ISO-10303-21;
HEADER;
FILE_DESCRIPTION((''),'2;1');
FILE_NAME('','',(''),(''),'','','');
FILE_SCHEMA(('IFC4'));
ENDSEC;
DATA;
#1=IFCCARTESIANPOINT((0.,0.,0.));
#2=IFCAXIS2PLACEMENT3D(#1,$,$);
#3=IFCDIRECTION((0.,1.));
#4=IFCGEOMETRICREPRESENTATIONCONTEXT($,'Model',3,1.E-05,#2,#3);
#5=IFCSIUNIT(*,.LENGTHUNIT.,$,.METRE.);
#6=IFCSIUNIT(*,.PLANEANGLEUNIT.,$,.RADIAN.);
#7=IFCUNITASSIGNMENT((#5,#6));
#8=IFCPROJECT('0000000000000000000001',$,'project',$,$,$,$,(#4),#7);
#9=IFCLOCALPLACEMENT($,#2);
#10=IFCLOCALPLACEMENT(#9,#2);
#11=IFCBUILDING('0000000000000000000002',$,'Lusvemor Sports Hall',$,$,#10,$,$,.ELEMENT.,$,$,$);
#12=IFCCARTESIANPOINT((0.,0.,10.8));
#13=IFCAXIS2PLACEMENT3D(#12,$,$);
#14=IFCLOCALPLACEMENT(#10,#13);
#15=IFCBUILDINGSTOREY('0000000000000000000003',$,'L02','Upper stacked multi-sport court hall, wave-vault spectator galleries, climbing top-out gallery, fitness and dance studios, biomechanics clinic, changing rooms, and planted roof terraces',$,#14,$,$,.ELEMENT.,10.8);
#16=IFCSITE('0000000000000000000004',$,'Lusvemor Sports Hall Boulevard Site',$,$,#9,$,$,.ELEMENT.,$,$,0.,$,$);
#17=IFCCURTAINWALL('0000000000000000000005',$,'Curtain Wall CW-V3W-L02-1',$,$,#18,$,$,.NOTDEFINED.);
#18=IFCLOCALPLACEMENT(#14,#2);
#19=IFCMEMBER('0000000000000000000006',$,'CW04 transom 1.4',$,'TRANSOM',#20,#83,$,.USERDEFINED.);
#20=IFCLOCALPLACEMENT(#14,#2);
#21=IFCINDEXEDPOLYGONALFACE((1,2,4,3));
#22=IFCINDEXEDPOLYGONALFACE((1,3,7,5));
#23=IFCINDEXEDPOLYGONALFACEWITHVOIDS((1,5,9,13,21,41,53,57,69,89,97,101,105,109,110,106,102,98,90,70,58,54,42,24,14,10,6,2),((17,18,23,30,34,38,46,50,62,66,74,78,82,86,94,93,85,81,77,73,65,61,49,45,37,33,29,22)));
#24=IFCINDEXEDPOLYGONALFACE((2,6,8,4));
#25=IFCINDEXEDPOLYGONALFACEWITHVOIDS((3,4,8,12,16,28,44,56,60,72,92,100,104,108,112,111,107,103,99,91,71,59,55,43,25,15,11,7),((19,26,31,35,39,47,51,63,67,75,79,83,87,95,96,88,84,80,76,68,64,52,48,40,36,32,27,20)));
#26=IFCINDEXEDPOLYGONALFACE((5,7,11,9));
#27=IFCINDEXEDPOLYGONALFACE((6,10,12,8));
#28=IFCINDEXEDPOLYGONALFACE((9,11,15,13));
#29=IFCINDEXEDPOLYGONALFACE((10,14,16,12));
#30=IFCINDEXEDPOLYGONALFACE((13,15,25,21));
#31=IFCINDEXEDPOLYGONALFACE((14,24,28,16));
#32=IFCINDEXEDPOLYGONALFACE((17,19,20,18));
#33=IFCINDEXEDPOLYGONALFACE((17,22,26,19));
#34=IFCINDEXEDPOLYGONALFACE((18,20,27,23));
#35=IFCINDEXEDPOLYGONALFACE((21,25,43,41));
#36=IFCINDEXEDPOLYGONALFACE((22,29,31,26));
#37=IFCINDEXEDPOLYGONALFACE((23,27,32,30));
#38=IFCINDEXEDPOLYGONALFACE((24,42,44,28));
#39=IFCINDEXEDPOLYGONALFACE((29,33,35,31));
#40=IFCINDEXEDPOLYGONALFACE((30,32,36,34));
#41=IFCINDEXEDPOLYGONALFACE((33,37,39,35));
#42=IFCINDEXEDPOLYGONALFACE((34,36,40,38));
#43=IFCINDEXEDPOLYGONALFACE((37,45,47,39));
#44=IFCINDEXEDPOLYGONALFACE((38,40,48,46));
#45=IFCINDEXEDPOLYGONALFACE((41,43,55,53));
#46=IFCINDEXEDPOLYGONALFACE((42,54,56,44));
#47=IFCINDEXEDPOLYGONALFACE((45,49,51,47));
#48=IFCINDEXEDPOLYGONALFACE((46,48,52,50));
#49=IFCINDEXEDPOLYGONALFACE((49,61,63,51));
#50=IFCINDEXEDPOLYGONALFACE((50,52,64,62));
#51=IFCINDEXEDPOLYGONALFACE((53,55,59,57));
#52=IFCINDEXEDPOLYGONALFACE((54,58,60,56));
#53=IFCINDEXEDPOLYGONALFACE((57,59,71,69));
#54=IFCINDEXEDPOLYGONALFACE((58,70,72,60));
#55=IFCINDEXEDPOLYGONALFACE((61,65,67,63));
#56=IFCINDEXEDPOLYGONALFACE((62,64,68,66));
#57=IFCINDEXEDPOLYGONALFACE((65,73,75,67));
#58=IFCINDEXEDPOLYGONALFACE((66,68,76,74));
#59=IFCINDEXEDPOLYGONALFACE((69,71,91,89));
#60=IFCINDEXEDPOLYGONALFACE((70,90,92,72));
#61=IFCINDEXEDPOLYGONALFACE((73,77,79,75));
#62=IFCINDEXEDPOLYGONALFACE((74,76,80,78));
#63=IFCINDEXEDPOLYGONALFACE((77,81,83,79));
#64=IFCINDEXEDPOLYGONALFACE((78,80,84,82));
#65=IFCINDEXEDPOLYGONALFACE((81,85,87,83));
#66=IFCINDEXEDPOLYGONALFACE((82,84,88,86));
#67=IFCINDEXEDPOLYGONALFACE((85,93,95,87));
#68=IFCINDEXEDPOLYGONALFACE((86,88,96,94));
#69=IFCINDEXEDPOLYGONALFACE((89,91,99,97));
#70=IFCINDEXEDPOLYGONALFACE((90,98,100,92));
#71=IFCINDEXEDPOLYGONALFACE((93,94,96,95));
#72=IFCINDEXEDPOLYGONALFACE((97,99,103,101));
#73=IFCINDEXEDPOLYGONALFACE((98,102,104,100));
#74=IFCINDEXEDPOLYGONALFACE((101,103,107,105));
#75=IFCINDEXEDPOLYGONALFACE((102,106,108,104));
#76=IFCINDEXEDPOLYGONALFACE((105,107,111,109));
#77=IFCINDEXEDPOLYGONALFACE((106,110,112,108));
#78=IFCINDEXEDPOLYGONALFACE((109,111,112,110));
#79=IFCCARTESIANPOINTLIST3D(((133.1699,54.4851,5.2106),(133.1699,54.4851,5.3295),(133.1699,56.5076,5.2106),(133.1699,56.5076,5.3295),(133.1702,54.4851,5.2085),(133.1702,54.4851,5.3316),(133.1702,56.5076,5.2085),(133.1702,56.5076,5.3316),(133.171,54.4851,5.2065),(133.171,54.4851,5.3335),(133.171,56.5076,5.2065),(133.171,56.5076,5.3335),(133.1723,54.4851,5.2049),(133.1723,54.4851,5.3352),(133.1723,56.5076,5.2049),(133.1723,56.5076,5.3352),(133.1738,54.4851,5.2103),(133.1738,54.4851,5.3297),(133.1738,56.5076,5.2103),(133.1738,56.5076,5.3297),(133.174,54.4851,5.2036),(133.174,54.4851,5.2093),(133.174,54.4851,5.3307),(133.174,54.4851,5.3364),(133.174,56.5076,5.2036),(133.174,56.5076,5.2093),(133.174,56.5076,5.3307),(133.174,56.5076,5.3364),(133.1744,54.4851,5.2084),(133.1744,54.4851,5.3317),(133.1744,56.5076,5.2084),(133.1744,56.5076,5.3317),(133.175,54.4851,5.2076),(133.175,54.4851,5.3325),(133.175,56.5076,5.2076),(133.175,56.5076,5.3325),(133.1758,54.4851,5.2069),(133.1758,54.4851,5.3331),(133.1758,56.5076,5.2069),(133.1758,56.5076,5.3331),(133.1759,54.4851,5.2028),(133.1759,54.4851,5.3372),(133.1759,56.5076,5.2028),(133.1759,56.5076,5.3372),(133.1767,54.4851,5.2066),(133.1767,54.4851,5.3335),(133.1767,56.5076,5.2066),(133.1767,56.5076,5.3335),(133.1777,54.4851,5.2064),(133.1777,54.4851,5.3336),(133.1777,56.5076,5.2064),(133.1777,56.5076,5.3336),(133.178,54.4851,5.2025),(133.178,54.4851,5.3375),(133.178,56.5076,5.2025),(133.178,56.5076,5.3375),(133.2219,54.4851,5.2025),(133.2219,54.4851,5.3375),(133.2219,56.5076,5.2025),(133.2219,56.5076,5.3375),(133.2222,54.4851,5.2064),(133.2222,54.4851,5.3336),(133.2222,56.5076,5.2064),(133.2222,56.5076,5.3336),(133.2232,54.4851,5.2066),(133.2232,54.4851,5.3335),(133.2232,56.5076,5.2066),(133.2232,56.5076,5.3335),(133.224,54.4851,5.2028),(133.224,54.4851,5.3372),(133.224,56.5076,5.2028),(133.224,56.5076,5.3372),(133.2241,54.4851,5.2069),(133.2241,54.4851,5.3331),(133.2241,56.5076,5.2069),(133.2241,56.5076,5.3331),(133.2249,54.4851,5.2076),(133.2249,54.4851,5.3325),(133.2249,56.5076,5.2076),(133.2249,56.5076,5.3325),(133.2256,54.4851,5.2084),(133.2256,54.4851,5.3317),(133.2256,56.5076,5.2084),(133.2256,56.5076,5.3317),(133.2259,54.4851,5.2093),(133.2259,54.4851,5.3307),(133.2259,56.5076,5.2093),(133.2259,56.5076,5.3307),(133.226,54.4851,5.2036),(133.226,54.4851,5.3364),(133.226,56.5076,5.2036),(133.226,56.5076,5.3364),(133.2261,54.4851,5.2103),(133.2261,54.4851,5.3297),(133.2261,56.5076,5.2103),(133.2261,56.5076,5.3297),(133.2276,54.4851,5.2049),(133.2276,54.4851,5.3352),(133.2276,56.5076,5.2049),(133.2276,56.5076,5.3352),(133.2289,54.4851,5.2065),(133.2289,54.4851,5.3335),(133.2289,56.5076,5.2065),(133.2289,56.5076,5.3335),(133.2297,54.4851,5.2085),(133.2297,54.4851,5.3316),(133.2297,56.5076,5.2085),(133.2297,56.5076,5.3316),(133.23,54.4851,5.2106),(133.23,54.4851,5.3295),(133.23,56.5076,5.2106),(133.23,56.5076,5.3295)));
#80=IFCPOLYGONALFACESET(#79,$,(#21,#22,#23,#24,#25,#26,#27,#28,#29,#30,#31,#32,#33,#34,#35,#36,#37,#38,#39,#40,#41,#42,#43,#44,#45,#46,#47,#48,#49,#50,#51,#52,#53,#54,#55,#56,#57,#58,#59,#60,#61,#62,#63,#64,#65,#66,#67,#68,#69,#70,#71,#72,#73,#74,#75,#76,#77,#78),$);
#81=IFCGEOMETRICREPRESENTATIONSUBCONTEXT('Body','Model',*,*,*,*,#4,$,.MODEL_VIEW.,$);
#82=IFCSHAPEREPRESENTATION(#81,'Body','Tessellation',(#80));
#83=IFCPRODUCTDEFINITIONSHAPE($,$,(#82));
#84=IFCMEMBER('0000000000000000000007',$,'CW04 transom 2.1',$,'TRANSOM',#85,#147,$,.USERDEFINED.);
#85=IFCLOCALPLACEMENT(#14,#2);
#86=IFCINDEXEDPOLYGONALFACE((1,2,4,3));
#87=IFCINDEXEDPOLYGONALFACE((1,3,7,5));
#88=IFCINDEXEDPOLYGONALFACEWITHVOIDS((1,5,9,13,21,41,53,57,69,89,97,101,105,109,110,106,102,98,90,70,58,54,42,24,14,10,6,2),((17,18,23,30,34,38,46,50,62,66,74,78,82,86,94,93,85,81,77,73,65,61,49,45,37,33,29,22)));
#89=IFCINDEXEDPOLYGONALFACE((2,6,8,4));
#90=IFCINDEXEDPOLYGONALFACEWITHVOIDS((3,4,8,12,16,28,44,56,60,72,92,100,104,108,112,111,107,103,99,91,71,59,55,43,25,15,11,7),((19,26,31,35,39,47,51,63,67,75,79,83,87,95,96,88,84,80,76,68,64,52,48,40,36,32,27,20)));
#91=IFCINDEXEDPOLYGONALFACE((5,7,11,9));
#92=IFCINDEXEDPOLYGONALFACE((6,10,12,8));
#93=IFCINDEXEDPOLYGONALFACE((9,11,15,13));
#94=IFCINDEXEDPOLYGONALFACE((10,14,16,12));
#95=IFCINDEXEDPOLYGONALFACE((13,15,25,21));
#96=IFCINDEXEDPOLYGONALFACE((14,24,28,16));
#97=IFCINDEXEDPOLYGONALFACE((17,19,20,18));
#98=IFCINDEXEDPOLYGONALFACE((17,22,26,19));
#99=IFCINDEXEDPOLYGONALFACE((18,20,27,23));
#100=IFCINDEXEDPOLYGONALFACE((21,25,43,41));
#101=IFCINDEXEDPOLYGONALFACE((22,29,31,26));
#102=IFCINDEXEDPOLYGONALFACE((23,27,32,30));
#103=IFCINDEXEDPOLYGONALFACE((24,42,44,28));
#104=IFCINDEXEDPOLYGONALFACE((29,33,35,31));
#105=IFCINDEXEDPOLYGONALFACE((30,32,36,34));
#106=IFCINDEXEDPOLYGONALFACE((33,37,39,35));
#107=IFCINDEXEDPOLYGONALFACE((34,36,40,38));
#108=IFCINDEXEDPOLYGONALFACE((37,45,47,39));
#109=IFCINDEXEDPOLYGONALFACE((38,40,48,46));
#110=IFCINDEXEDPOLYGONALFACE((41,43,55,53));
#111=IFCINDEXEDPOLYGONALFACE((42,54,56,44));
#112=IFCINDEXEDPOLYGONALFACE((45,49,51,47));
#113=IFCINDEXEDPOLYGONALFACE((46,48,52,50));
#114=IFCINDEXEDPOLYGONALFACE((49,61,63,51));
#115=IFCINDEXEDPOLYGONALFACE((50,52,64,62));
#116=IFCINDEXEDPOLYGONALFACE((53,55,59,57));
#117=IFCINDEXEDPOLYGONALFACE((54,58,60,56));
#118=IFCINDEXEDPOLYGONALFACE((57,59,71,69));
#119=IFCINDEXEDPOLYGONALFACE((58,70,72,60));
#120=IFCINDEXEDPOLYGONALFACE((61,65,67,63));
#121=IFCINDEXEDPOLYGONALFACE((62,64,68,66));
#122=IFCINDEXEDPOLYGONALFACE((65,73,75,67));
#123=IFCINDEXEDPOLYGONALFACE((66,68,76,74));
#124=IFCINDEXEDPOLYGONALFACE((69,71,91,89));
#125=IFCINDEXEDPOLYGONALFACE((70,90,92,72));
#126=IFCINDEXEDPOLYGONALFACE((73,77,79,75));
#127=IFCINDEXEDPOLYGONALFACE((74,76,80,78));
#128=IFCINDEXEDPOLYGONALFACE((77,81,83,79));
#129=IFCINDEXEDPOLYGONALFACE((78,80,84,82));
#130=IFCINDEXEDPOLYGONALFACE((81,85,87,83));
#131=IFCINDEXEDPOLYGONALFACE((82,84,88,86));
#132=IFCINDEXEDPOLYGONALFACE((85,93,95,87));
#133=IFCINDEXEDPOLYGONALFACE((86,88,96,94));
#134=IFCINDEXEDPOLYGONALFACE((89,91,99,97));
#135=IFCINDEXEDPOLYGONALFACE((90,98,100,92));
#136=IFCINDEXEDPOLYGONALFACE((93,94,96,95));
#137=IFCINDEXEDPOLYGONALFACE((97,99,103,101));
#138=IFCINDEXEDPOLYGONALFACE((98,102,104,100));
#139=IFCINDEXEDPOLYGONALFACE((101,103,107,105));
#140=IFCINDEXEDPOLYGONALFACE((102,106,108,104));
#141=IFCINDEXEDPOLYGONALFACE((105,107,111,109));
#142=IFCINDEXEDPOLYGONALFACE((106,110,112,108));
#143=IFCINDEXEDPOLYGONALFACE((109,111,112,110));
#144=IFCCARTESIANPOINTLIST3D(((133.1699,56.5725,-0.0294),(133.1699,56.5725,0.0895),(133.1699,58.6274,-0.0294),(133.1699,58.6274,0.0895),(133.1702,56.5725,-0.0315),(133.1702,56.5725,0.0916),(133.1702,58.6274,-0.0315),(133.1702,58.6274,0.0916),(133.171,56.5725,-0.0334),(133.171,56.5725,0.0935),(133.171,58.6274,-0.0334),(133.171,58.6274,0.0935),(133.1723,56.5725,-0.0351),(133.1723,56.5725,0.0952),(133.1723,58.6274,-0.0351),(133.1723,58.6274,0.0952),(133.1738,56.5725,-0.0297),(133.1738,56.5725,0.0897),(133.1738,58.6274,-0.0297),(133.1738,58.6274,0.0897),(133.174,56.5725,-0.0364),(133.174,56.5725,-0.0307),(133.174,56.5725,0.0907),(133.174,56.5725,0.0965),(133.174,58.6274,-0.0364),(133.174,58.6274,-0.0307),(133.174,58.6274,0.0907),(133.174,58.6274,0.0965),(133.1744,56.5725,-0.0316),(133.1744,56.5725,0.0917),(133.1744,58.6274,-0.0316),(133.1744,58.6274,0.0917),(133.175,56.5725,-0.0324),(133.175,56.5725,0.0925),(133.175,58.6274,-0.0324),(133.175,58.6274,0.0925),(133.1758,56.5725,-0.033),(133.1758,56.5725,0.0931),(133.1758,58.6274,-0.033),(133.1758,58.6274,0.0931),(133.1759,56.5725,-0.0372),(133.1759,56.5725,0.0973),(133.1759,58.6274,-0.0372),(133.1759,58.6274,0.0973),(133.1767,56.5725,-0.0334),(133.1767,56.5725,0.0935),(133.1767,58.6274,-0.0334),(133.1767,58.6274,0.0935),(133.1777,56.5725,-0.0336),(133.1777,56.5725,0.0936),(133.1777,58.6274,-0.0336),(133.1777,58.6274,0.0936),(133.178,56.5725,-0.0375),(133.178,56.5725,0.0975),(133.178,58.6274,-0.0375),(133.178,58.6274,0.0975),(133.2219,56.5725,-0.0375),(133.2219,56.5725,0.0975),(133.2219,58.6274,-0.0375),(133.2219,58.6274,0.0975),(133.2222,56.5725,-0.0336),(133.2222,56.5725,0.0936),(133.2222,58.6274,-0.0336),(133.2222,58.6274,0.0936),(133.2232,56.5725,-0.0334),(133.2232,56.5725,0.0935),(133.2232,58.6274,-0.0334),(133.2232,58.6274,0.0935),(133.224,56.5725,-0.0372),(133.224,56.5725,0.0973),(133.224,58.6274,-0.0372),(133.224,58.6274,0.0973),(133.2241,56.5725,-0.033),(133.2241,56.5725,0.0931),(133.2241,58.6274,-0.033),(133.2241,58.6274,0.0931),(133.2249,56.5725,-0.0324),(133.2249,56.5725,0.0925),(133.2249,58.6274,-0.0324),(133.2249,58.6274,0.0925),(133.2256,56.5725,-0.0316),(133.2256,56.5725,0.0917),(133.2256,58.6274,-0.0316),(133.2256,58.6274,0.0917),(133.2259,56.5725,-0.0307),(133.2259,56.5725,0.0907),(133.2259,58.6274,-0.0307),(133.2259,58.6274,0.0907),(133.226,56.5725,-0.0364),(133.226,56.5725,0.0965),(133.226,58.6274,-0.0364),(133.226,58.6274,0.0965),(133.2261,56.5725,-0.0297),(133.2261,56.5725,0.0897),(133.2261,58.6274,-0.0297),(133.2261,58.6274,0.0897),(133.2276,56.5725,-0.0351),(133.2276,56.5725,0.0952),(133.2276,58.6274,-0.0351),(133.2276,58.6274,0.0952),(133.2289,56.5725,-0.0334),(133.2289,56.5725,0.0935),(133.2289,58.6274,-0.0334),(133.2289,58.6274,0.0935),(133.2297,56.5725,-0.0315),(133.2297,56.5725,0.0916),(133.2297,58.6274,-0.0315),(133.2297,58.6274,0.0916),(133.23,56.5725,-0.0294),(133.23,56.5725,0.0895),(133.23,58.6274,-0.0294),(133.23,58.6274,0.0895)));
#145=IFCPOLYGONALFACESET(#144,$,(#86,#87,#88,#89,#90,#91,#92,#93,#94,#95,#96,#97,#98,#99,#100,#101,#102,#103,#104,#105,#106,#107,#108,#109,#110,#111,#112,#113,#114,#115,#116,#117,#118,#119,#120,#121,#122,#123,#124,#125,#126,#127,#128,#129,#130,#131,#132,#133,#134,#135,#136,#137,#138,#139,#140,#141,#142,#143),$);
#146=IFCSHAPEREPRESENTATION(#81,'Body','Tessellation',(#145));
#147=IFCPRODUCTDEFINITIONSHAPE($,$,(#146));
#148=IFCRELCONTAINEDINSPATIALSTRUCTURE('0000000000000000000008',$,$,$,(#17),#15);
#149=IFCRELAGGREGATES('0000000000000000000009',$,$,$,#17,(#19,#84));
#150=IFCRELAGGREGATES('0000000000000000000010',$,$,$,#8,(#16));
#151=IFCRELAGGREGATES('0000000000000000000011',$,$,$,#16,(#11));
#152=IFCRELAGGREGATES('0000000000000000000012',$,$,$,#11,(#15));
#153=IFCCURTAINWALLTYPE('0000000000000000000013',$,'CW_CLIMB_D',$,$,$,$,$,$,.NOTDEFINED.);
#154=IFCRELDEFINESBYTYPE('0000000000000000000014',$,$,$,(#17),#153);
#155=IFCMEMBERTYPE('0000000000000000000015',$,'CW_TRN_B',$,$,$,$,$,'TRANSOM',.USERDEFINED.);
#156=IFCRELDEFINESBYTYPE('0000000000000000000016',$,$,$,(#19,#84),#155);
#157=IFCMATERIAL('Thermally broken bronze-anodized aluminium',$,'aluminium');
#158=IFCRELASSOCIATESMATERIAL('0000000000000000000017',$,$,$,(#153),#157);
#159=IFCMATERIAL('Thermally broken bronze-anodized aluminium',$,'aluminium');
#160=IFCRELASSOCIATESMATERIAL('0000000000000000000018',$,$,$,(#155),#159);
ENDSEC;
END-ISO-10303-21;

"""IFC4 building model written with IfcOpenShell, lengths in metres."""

from ifc_helpers import new_model, si_unit, direction, frame, origin, origin_2d, place, context, subcontext, project, spatial, hollow_rectangle, extrude, material, material_profile, profile_set, type_object, element, aggregate, save


model = new_model("IFC4")

# Units and contexts
model_context = context("Model", 3, precision=1e-05, world=origin(), true_north=direction((0.0, 1.0)))
body_context = subcontext(model_context, "Body", "Model", "MODEL_VIEW")
ifc_project = project(units=[si_unit("LENGTHUNIT", "METRE"), si_unit("PLANEANGLEUNIT", "RADIAN")], contexts=[model_context])

# Site, building, storey
site_placement = place(None, origin())
site = spatial("IfcSite", under=ifc_project, at=site_placement, Name="Lusvemor Sports Hall Boulevard Site", CompositionType="ELEMENT", RefElevation=0.0)
building_placement = place(site_placement, origin())
building = spatial("IfcBuilding", under=site, at=building_placement, Name="Lusvemor Sports Hall", CompositionType="ELEMENT")
storey_placement = place(building_placement, frame((0.0, 0.0, 10.8)))
storey = spatial("IfcBuildingStorey", under=building, at=storey_placement, Name="L02", Description="Upper stacked multi-sport court hall, wave-vault spectator galleries, climbing top-out gallery, fitness and dance studios, biomechanics clinic, changing rooms, and planted roof terraces", CompositionType="ELEMENT", Elevation=10.8)

# Curtain wall, members
ifc_material_1 = material(Name="Thermally broken bronze-anodized aluminium", Category="aluminium")
curtain_wall_type = type_object("IfcCurtainWallType", Name="CW_CLIMB_D", PredefinedType="NOTDEFINED", material=ifc_material_1)
curtain_wall_placement = place(storey_placement, origin())
curtain_wall = element("IfcCurtainWall", 1, at=curtain_wall_placement, inside=storey, type_object=curtain_wall_type, Name="Curtain Wall CW-V3W-L02-1", PredefinedType="NOTDEFINED")
ifc_material_2 = material(Name="Thermally broken bronze-anodized aluminium", Category="aluminium")
ifc_material_profile_1 = material_profile(ifc_material_2, hollow_rectangle(XDim=0.0601, YDim=0.135, WallThickness=0.0039, InnerFilletRadius=0.0039, OuterFilletRadius=0.0081, at=origin_2d()), Name="CWTRN135x60x4")
ifc_profile_set_1 = profile_set([ifc_material_profile_1], Name="Thermally broken bronze-anodized aluminium")
member_type_1 = type_object("IfcMemberType", Name="CW_TRN_B", ElementType="TRANSOM", PredefinedType="USERDEFINED", material=ifc_profile_set_1)
member_1_placement = place(storey_placement, frame((133.2, 54.4851, 5.27), z_axis=(0.0, 1.0, 0.0), x_axis=(-1.0, 0.0, 0.0)))
member_1 = element("IfcMember", 2, at=member_1_placement, type_object=member_type_1, Name="CW04 transom 1.4", ObjectType="TRANSOM", PredefinedType="USERDEFINED", context=body_context, shape_type="SweptSolid", body=[
    extrude(hollow_rectangle(XDim=0.0601, YDim=0.135, WallThickness=0.0039, InnerFilletRadius=0.0039, OuterFilletRadius=0.0081, at=origin_2d()), origin(), (0.0, 0.0, 1.0), 2.0225),
])
member_2_placement = place(storey_placement, frame((133.2, 56.5725, 0.03), z_axis=(0.0, 1.0, 0.0), x_axis=(-1.0, 0.0, 0.0)))
member_2 = element("IfcMember", 3, at=member_2_placement, type_object=member_type_1, Name="CW04 transom 2.1", ObjectType="TRANSOM", PredefinedType="USERDEFINED", context=body_context, shape_type="SweptSolid", body=[
    extrude(hollow_rectangle(XDim=0.0601, YDim=0.135, WallThickness=0.0039, InnerFilletRadius=0.0039, OuterFilletRadius=0.0081, at=origin_2d()), origin(), (0.0, 0.0, 1.0), 2.0549),
])
aggregate(curtain_wall, [member_1, member_2])

save(model, "model.ifc")
